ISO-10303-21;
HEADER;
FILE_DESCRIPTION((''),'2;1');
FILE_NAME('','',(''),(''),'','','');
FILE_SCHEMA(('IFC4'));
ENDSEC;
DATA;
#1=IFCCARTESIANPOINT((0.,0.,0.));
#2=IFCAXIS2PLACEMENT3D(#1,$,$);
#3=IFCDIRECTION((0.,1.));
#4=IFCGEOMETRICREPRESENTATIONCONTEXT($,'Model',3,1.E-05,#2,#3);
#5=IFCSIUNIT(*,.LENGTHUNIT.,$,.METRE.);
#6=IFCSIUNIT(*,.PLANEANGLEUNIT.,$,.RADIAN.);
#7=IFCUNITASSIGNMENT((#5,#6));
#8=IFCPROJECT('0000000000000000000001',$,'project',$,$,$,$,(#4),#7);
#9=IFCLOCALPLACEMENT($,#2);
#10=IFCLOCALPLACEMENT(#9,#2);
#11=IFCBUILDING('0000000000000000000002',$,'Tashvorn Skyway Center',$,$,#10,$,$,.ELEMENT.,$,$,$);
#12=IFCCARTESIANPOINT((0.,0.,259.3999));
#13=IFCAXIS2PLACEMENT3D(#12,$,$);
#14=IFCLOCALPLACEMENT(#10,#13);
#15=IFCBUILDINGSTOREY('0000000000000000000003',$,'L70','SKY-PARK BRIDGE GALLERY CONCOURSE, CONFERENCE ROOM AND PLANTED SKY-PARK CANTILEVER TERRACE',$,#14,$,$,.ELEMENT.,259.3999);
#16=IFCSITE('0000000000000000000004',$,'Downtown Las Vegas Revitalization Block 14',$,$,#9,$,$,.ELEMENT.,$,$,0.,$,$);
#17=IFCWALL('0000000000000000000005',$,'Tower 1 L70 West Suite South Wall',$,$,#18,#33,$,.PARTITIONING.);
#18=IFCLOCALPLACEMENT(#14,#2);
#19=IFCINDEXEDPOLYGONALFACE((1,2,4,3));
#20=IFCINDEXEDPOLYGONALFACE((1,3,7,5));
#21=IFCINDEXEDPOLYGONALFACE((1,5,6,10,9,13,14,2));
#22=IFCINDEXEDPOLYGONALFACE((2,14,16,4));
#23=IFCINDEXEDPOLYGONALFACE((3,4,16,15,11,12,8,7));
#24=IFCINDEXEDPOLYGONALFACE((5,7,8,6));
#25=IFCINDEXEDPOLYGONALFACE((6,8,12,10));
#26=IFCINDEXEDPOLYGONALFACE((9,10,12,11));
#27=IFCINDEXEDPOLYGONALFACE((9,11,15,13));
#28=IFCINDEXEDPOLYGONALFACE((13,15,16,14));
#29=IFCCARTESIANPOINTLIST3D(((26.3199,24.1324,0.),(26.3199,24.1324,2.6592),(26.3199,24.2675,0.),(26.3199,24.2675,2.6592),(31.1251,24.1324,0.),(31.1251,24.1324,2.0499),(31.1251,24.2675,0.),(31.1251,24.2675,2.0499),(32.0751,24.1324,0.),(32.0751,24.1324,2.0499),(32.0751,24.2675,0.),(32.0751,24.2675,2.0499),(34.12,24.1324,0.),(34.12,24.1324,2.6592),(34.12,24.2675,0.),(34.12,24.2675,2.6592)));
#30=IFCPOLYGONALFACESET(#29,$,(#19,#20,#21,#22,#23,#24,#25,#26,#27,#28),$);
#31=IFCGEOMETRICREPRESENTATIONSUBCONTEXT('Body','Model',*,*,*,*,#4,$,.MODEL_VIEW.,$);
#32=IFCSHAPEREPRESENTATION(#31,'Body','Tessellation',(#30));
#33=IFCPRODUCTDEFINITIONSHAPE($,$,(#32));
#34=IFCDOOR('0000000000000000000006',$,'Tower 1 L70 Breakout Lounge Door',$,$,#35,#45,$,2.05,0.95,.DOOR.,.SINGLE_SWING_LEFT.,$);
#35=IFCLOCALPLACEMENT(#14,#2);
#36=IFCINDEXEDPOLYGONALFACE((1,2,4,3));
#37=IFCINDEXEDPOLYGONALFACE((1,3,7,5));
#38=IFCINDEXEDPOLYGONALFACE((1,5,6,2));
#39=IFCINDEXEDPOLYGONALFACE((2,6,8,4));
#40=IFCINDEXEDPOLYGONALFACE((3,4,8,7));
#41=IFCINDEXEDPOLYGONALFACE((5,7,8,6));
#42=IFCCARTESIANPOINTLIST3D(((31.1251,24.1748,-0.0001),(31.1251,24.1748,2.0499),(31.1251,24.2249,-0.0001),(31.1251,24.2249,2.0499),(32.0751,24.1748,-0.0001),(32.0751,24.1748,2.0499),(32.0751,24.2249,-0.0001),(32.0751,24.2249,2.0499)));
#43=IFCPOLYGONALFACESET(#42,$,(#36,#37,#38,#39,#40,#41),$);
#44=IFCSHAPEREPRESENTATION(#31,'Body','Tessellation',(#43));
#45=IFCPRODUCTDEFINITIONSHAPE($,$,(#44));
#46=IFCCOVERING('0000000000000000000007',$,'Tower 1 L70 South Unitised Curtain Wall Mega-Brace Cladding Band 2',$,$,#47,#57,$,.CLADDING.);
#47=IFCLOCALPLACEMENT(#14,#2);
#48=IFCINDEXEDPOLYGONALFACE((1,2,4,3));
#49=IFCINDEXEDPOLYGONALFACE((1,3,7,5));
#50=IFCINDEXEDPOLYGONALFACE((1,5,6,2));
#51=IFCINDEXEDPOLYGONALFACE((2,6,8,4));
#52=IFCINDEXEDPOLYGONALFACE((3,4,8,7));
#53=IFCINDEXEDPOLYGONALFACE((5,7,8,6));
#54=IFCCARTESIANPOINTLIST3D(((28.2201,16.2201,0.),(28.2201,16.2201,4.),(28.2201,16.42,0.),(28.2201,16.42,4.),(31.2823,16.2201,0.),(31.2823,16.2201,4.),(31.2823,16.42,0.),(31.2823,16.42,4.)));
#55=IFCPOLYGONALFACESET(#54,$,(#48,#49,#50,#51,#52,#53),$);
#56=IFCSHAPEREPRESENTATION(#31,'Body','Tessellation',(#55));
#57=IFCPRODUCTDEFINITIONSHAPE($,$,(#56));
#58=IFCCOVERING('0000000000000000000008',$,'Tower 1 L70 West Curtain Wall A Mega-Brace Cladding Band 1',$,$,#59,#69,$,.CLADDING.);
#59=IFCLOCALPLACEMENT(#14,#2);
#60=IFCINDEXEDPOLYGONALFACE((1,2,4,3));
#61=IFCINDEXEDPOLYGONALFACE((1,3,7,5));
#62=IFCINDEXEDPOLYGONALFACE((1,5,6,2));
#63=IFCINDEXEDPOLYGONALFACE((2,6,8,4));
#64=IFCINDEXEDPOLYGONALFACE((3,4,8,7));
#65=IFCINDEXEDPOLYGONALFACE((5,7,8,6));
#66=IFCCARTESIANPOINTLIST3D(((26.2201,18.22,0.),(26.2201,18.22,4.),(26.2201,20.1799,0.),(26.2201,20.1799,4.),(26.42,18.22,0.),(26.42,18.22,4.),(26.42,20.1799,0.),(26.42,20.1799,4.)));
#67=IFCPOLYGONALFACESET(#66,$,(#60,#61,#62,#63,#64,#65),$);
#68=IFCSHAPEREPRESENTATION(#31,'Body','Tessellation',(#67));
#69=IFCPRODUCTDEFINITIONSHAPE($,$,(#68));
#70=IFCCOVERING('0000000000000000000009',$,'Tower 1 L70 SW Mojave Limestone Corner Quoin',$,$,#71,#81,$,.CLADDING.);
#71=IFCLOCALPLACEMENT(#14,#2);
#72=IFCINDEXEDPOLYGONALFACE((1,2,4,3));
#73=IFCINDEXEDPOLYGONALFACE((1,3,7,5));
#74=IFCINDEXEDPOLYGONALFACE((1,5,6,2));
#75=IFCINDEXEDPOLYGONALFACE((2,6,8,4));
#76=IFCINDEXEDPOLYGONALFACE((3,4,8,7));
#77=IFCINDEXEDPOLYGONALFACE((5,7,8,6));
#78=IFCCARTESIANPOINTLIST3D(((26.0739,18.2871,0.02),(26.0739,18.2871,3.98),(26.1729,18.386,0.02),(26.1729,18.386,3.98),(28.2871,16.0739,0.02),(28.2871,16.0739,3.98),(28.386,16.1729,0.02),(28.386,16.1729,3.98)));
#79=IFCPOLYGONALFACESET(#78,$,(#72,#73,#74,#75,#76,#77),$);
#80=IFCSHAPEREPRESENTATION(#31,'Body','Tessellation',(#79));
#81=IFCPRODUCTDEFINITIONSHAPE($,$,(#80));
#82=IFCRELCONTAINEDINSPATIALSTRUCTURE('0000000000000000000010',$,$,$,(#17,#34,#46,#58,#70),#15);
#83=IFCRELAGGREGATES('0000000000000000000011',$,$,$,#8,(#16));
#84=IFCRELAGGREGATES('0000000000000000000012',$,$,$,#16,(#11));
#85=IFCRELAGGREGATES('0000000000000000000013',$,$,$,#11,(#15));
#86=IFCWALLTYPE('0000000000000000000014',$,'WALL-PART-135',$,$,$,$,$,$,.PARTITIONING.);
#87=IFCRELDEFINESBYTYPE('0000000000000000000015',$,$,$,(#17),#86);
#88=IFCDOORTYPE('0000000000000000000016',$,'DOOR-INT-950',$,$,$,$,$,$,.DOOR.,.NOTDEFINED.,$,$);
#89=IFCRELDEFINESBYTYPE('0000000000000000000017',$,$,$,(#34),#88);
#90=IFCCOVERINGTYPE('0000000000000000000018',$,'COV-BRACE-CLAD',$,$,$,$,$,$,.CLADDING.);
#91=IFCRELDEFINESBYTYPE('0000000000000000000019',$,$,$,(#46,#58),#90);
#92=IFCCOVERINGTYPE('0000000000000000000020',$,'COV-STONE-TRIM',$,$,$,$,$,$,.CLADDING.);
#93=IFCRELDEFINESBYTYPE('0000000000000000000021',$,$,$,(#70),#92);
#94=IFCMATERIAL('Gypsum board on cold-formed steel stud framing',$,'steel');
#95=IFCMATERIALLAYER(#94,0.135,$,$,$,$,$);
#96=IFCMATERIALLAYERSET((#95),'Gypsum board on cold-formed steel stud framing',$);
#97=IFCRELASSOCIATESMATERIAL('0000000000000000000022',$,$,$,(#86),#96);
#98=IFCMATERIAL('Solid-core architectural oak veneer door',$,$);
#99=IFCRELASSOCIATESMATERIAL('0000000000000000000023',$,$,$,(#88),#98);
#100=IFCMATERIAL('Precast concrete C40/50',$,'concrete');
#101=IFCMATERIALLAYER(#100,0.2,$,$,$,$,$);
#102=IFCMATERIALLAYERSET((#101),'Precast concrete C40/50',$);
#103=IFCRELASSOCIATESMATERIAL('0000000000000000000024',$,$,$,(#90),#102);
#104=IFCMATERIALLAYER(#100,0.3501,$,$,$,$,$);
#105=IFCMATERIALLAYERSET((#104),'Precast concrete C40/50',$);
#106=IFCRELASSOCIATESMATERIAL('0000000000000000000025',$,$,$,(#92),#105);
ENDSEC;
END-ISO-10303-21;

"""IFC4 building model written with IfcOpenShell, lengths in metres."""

from ifc_helpers import new_model, si_unit, direction, frame, frame_2d, origin, origin_2d, place, context, subcontext, project, spatial, rectangle, extrude, material, layer, layer_set, type_object, element, fill, save


model = new_model("IFC4")

# Units and contexts
model_context = context("Model", 3, precision=1e-05, world=origin(), true_north=direction((0.0, 1.0)))
body_context = subcontext(model_context, "Body", "Model", "MODEL_VIEW")
ifc_project = project(units=[si_unit("LENGTHUNIT", "METRE"), si_unit("PLANEANGLEUNIT", "RADIAN")], contexts=[model_context])

# Site, building, storey
site_placement = place(None, origin())
site = spatial("IfcSite", under=ifc_project, at=site_placement, Name="Downtown Las Vegas Revitalization Block 14", CompositionType="ELEMENT", RefElevation=0.0)
building_placement = place(site_placement, origin())
building = spatial("IfcBuilding", under=site, at=building_placement, Name="Tashvorn Skyway Center", CompositionType="ELEMENT")
storey_placement = place(building_placement, frame((0.0, 0.0, 259.3999)))
storey = spatial("IfcBuildingStorey", under=building, at=storey_placement, Name="L70", Description="SKY-PARK BRIDGE GALLERY CONCOURSE, CONFERENCE ROOM AND PLANTED SKY-PARK CANTILEVER TERRACE", CompositionType="ELEMENT", Elevation=259.3999)

# Shared definitions
ifc_material_1 = material(Name="Precast concrete C40/50", Category="concrete")
ifc_material_2 = material(Name="Gypsum board on cold-formed steel stud framing", Category="steel")
ifc_layer_1 = layer(ifc_material_2, 0.135)
ifc_layer_set_1 = layer_set([ifc_layer_1], Name="Gypsum board on cold-formed steel stud framing")
wall_type_1 = type_object("IfcWallType", Name="WALL-PART-135", PredefinedType="PARTITIONING", material=ifc_layer_set_1)

# Wall, opening, door
wall_1_placement = place(storey_placement, frame((26.3201, 24.2, 0.0), z_axis=(0.0, 0.0, 1.0), x_axis=(1.0, 0.0, 0.0)))
wall_1 = element("IfcWall", 1, at=wall_1_placement, inside=storey, type_object=wall_type_1, Name="Tower 1 L70 West Suite South Wall", PredefinedType="PARTITIONING", context=body_context, shape_type="SweptSolid", body=[
    extrude(rectangle(XDim=7.8, YDim=0.135, at=frame_2d((3.8999, 0.0))), origin(), (0.0, 0.0, 1.0), 2.6592),
])
opening_placement = place(wall_1_placement, frame((4.8049, 0.0, 0.0)))
opening = element("IfcOpeningElement", 2, at=opening_placement, cuts=wall_1, PredefinedType="OPENING", context=body_context, shape_type="SweptSolid", body=[
    extrude(rectangle(XDim=0.95, YDim=2.05, at=frame_2d((0.4751, 1.0249))), frame((0.0, 0.0774, 0.0), z_axis=(0.0, -1.0, 0.0), x_axis=(1.0, 0.0, 0.0)), (0.0, 0.0, 1.0), 0.155),
])
ifc_material_3 = material(Name="Solid-core architectural oak veneer door")
door_type = type_object("IfcDoorType", Name="DOOR-INT-950", OperationType="NOTDEFINED", PredefinedType="DOOR", material=ifc_material_3)
door_placement = place(opening_placement, origin())
door = element("IfcDoor", 3, at=door_placement, inside=storey, type_object=door_type, Name="Tower 1 L70 Breakout Lounge Door", OperationType="SINGLE_SWING_LEFT", OverallHeight=2.05, OverallWidth=0.95, PredefinedType="DOOR", context=body_context, shape_type="SweptSolid", body=[
    extrude(rectangle(XDim=0.95, YDim=2.05, at=frame_2d((0.4751, 1.0249))), frame((0.0, 0.0249, 0.0), z_axis=(0.0, -1.0, 0.0), x_axis=(1.0, 0.0, 0.0)), (0.0, 0.0, 1.0), 0.05),
])
fill(opening, door)

# Coverings
ifc_layer_2 = layer(ifc_material_1, 0.2)
ifc_layer_set_2 = layer_set([ifc_layer_2], Name="Precast concrete C40/50")
covering_type_1 = type_object("IfcCoveringType", Name="COV-BRACE-CLAD", PredefinedType="CLADDING", material=ifc_layer_set_2)
covering_1_placement = place(storey_placement, frame((29.7512, 16.3201, 0.0), z_axis=(0.0, 0.0, 1.0), x_axis=(-1.0, 0.0, 0.0)))
element("IfcCovering", 4, at=covering_1_placement, inside=storey, type_object=covering_type_1, Name="Tower 1 L70 South Unitised Curtain Wall Mega-Brace Cladding Band 2", PredefinedType="CLADDING", context=body_context, shape_type="SweptSolid", body=[
    extrude(rectangle(XDim=3.0623, YDim=0.2, at=origin_2d()), origin(), (0.0, 0.0, 1.0), 4.0),
])
covering_2_placement = place(storey_placement, frame((26.3201, 19.2, 0.0), z_axis=(0.0, 0.0, 1.0), x_axis=(0.0, 1.0, 0.0)))
element("IfcCovering", 5, at=covering_2_placement, inside=storey, type_object=covering_type_1, Name="Tower 1 L70 West Curtain Wall A Mega-Brace Cladding Band 1", PredefinedType="CLADDING", context=body_context, shape_type="SweptSolid", body=[
    extrude(rectangle(XDim=1.96, YDim=0.2, at=origin_2d()), origin(), (0.0, 0.0, 1.0), 4.0),
])
ifc_layer_3 = layer(ifc_material_1, 0.3501)
ifc_layer_set_3 = layer_set([ifc_layer_3], Name="Precast concrete C40/50")
covering_type_2 = type_object("IfcCoveringType", Name="COV-STONE-TRIM", PredefinedType="CLADDING", material=ifc_layer_set_3)
covering_3_placement = place(storey_placement, frame((27.23, 17.23, 0.02), z_axis=(0.0, 0.0, 1.0), x_axis=(-0.707107, 0.707107, 0.0)))
element("IfcCovering", 6, at=covering_3_placement, inside=storey, type_object=covering_type_2, Name="Tower 1 L70 SW Mojave Limestone Corner Quoin", PredefinedType="CLADDING", context=body_context, shape_type="SweptSolid", body=[
    extrude(rectangle(XDim=3.1299, YDim=0.1399, at=origin_2d()), origin(), (0.0, 0.0, 1.0), 3.96),
])

save(model, "model.ifc")
